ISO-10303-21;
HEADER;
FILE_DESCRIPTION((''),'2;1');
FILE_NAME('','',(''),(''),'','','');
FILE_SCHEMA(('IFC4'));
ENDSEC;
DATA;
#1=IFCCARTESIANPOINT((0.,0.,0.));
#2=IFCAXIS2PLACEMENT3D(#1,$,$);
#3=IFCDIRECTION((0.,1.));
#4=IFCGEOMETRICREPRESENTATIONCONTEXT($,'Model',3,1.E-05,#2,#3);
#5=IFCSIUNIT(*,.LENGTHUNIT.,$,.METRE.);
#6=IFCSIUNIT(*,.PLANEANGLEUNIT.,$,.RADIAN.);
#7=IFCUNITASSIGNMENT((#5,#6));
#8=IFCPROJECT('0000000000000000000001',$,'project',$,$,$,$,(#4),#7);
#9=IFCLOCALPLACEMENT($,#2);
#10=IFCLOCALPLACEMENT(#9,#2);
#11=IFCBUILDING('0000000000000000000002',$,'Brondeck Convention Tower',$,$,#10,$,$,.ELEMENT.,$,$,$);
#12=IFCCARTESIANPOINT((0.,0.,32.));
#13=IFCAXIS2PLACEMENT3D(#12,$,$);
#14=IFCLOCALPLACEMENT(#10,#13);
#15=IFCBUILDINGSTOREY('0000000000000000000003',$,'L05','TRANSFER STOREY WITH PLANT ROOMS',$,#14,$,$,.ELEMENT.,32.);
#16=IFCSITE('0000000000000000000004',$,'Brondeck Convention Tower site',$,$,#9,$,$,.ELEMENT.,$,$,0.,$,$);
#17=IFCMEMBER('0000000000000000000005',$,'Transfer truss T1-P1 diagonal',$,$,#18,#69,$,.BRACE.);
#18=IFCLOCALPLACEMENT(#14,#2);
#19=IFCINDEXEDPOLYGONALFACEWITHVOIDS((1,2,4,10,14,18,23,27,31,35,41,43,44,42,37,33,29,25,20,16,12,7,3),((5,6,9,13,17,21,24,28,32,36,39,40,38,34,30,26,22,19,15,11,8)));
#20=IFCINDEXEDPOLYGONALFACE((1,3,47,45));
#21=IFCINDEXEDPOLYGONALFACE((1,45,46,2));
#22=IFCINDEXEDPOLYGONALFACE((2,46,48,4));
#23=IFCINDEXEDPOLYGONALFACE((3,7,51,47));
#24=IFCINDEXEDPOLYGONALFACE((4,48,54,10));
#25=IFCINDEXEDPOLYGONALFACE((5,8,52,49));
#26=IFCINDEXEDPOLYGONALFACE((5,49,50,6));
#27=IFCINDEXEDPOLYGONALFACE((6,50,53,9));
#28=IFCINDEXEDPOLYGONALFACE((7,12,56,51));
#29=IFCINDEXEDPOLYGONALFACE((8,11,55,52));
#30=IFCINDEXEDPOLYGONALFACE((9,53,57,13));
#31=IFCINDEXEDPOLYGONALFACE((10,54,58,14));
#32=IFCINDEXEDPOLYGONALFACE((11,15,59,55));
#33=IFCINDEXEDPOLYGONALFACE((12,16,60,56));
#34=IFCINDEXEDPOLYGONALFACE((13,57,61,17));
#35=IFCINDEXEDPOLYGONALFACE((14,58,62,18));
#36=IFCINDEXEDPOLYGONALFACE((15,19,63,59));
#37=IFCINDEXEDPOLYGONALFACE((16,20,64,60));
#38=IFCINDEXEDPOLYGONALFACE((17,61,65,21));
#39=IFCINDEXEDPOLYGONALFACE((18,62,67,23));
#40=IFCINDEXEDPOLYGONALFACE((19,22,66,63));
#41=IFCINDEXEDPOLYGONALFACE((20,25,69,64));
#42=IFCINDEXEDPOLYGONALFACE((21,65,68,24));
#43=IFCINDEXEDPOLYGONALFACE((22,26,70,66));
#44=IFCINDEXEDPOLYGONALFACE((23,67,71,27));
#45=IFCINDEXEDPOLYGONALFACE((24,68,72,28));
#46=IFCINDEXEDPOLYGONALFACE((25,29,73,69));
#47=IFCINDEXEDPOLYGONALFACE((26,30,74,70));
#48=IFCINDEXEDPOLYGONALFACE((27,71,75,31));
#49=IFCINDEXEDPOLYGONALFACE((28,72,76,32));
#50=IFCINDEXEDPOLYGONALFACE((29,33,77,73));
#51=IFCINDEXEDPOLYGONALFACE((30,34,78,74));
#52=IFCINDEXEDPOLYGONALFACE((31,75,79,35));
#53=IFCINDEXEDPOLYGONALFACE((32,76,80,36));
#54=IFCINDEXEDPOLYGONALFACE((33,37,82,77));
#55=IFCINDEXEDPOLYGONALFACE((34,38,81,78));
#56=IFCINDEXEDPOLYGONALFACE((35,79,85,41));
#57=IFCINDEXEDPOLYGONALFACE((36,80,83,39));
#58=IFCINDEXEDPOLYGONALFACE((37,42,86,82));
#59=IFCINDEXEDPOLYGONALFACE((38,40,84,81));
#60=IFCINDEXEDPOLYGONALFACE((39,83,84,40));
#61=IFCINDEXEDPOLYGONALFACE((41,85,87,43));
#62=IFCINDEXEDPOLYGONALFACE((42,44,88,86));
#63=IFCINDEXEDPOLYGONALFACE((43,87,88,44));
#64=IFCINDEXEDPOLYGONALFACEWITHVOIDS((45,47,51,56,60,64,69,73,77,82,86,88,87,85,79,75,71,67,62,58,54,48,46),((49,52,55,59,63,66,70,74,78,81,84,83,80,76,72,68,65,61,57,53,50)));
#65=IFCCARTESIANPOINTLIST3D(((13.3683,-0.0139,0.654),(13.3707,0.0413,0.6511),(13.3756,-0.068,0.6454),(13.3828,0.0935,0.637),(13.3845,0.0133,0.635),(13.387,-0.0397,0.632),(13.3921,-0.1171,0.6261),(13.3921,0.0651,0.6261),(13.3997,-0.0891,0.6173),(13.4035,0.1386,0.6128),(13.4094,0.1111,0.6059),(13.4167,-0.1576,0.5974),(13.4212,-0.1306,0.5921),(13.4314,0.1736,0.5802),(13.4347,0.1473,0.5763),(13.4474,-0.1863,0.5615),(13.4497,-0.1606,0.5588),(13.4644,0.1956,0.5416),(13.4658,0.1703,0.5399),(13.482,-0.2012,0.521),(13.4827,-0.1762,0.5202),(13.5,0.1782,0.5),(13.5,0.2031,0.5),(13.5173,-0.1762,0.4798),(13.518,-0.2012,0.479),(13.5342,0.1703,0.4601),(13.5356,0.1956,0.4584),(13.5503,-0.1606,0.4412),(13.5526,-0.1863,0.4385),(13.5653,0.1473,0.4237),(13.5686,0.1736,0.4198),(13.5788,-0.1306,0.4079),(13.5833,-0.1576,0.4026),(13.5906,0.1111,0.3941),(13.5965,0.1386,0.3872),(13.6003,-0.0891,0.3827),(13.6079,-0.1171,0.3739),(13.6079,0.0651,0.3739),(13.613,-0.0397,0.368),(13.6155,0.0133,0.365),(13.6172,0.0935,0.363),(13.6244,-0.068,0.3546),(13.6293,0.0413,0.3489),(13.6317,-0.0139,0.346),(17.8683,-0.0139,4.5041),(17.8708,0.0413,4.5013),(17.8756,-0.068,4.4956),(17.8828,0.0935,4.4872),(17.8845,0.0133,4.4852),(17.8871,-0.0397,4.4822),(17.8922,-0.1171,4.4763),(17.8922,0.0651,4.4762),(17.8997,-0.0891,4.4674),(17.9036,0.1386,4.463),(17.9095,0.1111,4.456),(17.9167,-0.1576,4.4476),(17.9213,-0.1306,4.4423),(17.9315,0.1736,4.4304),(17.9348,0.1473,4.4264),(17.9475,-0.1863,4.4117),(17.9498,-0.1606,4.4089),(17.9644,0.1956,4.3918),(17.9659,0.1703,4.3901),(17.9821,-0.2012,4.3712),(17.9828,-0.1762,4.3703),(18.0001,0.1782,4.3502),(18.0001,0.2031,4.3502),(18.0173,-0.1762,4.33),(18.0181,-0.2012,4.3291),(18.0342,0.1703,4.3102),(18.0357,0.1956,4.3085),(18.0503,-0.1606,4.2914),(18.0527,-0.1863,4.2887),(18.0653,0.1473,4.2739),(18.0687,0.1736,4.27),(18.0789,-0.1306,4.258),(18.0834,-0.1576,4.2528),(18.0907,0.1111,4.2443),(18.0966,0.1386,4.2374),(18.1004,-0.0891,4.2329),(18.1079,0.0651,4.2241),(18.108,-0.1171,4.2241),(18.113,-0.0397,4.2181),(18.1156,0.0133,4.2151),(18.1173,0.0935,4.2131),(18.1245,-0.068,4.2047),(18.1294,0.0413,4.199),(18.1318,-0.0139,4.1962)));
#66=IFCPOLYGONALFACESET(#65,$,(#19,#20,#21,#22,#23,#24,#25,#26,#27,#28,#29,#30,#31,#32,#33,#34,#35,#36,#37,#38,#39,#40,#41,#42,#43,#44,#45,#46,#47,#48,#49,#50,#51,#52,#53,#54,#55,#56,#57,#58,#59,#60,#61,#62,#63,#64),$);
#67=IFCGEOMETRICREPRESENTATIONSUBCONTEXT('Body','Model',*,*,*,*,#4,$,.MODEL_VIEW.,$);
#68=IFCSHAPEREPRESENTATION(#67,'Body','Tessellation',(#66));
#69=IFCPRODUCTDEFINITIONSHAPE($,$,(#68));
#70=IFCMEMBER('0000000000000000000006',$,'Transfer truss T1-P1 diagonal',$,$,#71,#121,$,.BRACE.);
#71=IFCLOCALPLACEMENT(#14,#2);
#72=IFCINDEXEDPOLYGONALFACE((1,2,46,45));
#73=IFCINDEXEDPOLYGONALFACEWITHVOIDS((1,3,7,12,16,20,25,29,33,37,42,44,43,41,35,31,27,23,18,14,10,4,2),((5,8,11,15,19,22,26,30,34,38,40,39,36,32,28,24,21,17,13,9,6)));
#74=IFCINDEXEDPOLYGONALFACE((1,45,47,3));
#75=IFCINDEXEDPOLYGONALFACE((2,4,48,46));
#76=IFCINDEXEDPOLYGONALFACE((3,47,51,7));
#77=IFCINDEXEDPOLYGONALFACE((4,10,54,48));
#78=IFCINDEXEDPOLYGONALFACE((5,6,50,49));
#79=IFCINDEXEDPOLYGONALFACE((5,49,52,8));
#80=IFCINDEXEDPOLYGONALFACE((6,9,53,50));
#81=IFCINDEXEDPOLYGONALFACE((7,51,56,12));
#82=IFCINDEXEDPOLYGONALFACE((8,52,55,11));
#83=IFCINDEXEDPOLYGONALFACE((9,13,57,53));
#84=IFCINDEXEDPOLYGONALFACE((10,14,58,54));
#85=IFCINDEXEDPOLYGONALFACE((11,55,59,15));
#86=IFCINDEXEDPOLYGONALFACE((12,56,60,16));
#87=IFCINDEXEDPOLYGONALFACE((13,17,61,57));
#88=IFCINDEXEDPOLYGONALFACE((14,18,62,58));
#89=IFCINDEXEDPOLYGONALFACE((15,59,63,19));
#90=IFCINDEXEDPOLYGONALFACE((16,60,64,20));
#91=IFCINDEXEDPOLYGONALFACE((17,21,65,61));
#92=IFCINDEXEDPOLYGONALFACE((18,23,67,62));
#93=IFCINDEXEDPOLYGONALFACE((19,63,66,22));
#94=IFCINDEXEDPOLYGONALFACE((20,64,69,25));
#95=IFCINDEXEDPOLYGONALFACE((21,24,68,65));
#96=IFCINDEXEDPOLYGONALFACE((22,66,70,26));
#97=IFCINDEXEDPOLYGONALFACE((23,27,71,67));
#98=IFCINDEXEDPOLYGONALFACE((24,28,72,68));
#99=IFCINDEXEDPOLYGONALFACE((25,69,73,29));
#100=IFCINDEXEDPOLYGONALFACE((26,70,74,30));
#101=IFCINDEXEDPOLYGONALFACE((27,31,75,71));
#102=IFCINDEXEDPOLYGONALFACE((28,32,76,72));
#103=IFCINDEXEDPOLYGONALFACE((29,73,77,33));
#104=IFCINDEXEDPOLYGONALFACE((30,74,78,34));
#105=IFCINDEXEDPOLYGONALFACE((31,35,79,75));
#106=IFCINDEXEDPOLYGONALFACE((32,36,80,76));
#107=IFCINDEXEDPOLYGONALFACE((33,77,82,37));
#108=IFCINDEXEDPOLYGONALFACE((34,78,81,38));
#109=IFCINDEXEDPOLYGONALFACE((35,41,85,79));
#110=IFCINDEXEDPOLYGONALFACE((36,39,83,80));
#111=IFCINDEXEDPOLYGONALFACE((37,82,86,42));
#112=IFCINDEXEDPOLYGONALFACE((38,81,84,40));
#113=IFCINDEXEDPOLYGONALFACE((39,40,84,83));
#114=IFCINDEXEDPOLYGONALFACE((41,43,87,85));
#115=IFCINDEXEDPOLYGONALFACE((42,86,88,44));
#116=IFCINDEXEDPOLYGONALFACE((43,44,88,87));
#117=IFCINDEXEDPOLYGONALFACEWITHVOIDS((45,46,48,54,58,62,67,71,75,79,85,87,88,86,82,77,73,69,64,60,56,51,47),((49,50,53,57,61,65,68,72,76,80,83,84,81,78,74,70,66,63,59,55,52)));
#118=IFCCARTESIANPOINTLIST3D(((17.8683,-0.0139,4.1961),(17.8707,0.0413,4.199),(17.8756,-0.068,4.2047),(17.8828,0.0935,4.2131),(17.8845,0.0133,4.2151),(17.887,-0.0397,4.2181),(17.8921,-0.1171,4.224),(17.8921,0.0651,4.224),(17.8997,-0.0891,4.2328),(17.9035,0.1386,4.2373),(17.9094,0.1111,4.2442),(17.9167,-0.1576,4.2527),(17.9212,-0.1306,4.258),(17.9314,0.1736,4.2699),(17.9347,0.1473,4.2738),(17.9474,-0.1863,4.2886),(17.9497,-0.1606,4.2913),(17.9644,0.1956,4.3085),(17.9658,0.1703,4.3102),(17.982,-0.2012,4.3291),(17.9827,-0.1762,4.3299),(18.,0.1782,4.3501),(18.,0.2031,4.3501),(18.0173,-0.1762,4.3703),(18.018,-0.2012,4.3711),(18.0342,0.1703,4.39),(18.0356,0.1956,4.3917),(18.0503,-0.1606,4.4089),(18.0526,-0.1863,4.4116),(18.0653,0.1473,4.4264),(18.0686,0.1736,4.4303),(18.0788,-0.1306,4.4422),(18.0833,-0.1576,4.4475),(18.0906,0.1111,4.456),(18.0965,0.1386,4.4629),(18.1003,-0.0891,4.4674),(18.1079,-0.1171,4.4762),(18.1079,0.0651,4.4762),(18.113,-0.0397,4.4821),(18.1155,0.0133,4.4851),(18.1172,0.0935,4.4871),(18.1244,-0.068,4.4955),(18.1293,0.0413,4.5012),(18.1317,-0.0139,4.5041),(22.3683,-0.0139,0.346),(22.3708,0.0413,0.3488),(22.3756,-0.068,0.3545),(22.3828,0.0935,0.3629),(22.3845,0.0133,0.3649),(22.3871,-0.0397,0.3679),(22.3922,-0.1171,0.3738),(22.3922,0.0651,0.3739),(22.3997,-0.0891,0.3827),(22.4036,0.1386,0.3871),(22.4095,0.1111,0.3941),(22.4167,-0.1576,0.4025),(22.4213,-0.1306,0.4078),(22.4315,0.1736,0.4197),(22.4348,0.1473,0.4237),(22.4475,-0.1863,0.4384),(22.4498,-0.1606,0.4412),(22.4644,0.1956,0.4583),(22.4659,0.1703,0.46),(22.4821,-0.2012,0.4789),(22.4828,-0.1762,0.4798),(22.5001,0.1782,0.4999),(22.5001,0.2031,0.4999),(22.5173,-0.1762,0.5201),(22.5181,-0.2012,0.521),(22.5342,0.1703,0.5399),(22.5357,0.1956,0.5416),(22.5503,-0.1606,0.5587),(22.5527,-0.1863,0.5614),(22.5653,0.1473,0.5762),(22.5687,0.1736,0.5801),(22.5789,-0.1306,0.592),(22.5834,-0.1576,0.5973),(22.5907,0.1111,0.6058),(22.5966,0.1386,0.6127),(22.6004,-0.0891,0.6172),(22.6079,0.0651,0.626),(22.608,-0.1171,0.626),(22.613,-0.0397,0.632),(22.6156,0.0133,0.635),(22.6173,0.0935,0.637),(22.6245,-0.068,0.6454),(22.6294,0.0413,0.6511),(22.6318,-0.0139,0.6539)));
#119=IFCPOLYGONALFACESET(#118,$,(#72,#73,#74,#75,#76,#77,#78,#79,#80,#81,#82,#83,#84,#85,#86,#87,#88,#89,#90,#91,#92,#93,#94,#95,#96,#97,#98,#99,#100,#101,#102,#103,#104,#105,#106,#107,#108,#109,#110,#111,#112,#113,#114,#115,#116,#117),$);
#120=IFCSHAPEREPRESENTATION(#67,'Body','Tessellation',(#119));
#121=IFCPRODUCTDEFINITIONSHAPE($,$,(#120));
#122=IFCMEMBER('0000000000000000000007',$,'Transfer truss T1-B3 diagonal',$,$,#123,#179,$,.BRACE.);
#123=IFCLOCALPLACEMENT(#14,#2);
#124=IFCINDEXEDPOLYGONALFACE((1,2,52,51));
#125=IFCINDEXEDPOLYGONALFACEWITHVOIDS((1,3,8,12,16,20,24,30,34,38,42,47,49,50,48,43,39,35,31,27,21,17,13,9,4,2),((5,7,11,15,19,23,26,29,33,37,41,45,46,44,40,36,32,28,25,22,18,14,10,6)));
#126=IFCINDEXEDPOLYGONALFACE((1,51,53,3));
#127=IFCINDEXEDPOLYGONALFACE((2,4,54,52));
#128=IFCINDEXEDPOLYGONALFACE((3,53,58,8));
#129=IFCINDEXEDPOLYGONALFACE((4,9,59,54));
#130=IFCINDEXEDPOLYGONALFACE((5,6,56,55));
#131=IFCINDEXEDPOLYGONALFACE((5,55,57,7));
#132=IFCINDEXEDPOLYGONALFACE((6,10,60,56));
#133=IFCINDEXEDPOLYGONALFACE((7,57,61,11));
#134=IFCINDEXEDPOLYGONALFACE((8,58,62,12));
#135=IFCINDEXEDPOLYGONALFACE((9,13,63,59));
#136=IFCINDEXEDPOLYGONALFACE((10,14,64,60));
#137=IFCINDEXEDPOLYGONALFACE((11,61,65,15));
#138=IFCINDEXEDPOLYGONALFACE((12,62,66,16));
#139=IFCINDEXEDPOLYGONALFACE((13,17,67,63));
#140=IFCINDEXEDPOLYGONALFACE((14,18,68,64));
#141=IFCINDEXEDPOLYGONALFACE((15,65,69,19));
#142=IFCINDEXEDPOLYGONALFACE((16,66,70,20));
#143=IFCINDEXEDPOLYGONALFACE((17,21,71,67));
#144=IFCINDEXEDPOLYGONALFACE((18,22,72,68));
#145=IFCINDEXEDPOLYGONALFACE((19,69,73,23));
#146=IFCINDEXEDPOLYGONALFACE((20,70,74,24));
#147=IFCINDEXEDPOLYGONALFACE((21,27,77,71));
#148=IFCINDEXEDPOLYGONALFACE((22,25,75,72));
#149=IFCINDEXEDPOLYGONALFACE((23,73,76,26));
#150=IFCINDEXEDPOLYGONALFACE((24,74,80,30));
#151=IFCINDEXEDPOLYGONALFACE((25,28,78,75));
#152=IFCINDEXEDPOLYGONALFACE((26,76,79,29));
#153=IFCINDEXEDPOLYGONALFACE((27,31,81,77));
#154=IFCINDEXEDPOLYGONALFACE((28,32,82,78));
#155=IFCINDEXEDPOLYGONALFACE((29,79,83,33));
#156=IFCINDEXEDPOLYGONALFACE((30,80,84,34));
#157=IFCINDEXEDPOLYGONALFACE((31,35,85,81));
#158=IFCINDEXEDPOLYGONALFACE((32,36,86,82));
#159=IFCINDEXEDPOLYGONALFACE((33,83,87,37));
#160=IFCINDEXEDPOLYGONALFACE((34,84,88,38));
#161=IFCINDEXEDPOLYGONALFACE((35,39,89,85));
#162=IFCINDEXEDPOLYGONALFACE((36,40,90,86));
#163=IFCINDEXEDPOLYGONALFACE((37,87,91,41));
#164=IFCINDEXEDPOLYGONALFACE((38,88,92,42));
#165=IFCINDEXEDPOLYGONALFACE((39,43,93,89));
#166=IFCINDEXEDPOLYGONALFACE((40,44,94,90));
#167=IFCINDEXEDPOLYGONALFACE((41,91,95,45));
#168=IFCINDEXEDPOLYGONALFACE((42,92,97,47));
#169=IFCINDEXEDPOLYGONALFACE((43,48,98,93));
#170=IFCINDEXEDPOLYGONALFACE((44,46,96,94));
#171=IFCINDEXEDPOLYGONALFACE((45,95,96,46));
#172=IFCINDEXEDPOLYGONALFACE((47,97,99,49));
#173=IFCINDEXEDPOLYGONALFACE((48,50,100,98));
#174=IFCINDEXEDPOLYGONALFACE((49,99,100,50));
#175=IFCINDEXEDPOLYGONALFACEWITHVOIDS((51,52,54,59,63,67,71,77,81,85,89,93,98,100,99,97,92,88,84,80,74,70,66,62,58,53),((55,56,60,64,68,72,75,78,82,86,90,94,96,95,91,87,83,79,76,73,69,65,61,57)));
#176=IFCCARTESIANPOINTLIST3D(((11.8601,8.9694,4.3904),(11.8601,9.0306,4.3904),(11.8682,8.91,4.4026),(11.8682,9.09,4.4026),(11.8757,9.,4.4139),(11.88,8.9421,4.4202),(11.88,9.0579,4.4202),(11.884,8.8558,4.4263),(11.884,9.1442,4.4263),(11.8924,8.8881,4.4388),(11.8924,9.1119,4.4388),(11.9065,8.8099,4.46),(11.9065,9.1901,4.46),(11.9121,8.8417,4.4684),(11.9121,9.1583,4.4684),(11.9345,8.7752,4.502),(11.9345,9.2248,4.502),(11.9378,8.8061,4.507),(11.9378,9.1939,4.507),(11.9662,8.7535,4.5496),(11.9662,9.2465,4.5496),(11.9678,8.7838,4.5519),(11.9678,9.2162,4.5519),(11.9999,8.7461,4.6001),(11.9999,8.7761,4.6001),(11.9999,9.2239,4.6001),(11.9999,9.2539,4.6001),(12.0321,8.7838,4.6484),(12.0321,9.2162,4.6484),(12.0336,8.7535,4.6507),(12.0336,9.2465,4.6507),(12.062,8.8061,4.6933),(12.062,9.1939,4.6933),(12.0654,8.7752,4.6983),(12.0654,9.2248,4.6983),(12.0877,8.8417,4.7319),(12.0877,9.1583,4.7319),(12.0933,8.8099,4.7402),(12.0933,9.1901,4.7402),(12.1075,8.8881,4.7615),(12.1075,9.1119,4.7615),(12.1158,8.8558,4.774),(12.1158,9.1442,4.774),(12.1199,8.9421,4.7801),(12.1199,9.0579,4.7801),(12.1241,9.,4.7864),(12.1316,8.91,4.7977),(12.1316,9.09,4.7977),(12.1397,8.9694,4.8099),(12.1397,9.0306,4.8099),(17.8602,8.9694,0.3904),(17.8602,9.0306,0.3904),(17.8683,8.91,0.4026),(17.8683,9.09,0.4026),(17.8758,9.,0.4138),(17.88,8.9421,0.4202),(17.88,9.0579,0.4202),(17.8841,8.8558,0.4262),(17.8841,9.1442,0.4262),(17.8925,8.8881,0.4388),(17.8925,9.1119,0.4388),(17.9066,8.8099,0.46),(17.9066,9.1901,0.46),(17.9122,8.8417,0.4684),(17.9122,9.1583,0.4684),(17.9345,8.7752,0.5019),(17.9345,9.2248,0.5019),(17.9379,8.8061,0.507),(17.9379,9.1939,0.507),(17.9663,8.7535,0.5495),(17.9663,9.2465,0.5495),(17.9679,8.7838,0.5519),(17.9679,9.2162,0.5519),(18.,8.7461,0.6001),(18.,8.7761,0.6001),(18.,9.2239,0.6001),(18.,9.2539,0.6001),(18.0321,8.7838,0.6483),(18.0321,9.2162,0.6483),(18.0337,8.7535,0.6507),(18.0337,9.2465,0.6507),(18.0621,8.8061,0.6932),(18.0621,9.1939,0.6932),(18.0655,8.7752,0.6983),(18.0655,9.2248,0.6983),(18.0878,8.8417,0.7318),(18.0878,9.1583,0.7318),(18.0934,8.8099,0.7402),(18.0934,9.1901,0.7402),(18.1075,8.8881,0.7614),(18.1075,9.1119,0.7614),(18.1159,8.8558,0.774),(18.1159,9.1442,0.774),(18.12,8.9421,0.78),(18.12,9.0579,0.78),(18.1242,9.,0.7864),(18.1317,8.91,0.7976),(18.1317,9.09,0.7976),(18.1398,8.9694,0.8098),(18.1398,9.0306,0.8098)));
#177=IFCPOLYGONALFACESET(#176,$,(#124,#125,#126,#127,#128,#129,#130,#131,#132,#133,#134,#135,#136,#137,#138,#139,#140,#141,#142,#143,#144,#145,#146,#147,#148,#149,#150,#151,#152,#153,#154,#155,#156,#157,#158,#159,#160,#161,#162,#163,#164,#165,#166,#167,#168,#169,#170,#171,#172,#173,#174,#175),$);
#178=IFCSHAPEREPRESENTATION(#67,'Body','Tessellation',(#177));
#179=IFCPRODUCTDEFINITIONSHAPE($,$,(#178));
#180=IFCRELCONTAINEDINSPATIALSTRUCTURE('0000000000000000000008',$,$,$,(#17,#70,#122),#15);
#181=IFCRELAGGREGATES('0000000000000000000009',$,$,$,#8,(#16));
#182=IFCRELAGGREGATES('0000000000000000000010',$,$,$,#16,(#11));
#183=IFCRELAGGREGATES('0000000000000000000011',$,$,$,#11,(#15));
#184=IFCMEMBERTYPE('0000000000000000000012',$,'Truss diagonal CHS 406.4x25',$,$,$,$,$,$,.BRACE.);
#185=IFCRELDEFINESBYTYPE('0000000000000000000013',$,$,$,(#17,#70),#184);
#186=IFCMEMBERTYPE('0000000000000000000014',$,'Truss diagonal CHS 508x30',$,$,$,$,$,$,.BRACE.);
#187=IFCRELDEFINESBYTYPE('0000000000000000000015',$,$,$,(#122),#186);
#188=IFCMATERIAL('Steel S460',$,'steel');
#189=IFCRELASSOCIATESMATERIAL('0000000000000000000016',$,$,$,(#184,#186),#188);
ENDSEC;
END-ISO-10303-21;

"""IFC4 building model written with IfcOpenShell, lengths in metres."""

from ifc_helpers import new_model, si_unit, direction, frame, origin, origin_2d, place, context, subcontext, project, spatial, hollow_circle, extrude, material, material_profile, profile_set, type_object, element, save


model = new_model("IFC4")

# Units and contexts
model_context = context("Model", 3, precision=1e-05, world=origin(), true_north=direction((0.0, 1.0)))
body_context = subcontext(model_context, "Body", "Model", "MODEL_VIEW")
ifc_project = project(units=[si_unit("LENGTHUNIT", "METRE"), si_unit("PLANEANGLEUNIT", "RADIAN")], contexts=[model_context])

# Site, building, storey
site_placement = place(None, origin())
site = spatial("IfcSite", under=ifc_project, at=site_placement, Name="Brondeck Convention Tower site", CompositionType="ELEMENT", RefElevation=0.0)
building_placement = place(site_placement, origin())
building = spatial("IfcBuilding", under=site, at=building_placement, Name="Brondeck Convention Tower", CompositionType="ELEMENT")
storey_placement = place(building_placement, frame((0.0, 0.0, 32.0)))
storey = spatial("IfcBuildingStorey", under=building, at=storey_placement, Name="L05", Description="TRANSFER STOREY WITH PLANT ROOMS", CompositionType="ELEMENT", Elevation=32.0)

# Shared definitions
ifc_material_1 = material(Name="Steel S460", Category="steel")

# Members
ifc_material_profile_1 = material_profile(ifc_material_1, hollow_circle(Radius=0.2031, WallThickness=0.0249, at=origin_2d()), Name="CHS 406.4x25")
ifc_profile_set_1 = profile_set([ifc_material_profile_1], Name="Steel S460")
member_type_1 = type_object("IfcMemberType", Name="Truss diagonal CHS 406.4x25", PredefinedType="BRACE", material=ifc_profile_set_1)
for number, where, z_axis, x_axis, name in (
    (1, (13.5, 0.0, 0.5), (0.759844, 0.0, 0.650105), (0.0, 1.0, 0.0), "Transfer truss T1-P1 diagonal"),
    (2, (18.0, 0.0, 4.3501), (0.759844, 0.0, -0.650105), (0.0, 1.0, 0.0), "Transfer truss T1-P1 diagonal"),
):
    element("IfcMember", number, at=place(storey_placement, frame(where, z_axis=z_axis, x_axis=x_axis)), inside=storey, type_object=member_type_1, Name=name, PredefinedType="BRACE", context=body_context, shape_type="SweptSolid", body=[
        extrude(hollow_circle(Radius=0.2031, WallThickness=0.0249, at=origin_2d()), origin(), (0.0, 0.0, 1.0), 5.9224),
    ])
ifc_material_profile_2 = material_profile(ifc_material_1, hollow_circle(Radius=0.2539, WallThickness=0.03, at=origin_2d()), Name="CHS 508x30")
ifc_profile_set_2 = profile_set([ifc_material_profile_2], Name="Steel S460")
member_type_2 = type_object("IfcMemberType", Name="Truss diagonal CHS 508x30", PredefinedType="BRACE", material=ifc_profile_set_2)
for number, where, z_axis, x_axis, name in (
    (3, (18.0, 9.0, 0.6001), (-0.83205, 0.0, 0.5547), (0.0, -1.0, 0.0), "Transfer truss T1-B3 diagonal"),
):
    element("IfcMember", number, at=place(storey_placement, frame(where, z_axis=z_axis, x_axis=x_axis)), inside=storey, type_object=member_type_2, Name=name, PredefinedType="BRACE", context=body_context, shape_type="SweptSolid", body=[
        extrude(hollow_circle(Radius=0.2539, WallThickness=0.03, at=origin_2d()), origin(), (0.0, 0.0, 1.0), 7.2112),
    ])

save(model, "model.ifc")
